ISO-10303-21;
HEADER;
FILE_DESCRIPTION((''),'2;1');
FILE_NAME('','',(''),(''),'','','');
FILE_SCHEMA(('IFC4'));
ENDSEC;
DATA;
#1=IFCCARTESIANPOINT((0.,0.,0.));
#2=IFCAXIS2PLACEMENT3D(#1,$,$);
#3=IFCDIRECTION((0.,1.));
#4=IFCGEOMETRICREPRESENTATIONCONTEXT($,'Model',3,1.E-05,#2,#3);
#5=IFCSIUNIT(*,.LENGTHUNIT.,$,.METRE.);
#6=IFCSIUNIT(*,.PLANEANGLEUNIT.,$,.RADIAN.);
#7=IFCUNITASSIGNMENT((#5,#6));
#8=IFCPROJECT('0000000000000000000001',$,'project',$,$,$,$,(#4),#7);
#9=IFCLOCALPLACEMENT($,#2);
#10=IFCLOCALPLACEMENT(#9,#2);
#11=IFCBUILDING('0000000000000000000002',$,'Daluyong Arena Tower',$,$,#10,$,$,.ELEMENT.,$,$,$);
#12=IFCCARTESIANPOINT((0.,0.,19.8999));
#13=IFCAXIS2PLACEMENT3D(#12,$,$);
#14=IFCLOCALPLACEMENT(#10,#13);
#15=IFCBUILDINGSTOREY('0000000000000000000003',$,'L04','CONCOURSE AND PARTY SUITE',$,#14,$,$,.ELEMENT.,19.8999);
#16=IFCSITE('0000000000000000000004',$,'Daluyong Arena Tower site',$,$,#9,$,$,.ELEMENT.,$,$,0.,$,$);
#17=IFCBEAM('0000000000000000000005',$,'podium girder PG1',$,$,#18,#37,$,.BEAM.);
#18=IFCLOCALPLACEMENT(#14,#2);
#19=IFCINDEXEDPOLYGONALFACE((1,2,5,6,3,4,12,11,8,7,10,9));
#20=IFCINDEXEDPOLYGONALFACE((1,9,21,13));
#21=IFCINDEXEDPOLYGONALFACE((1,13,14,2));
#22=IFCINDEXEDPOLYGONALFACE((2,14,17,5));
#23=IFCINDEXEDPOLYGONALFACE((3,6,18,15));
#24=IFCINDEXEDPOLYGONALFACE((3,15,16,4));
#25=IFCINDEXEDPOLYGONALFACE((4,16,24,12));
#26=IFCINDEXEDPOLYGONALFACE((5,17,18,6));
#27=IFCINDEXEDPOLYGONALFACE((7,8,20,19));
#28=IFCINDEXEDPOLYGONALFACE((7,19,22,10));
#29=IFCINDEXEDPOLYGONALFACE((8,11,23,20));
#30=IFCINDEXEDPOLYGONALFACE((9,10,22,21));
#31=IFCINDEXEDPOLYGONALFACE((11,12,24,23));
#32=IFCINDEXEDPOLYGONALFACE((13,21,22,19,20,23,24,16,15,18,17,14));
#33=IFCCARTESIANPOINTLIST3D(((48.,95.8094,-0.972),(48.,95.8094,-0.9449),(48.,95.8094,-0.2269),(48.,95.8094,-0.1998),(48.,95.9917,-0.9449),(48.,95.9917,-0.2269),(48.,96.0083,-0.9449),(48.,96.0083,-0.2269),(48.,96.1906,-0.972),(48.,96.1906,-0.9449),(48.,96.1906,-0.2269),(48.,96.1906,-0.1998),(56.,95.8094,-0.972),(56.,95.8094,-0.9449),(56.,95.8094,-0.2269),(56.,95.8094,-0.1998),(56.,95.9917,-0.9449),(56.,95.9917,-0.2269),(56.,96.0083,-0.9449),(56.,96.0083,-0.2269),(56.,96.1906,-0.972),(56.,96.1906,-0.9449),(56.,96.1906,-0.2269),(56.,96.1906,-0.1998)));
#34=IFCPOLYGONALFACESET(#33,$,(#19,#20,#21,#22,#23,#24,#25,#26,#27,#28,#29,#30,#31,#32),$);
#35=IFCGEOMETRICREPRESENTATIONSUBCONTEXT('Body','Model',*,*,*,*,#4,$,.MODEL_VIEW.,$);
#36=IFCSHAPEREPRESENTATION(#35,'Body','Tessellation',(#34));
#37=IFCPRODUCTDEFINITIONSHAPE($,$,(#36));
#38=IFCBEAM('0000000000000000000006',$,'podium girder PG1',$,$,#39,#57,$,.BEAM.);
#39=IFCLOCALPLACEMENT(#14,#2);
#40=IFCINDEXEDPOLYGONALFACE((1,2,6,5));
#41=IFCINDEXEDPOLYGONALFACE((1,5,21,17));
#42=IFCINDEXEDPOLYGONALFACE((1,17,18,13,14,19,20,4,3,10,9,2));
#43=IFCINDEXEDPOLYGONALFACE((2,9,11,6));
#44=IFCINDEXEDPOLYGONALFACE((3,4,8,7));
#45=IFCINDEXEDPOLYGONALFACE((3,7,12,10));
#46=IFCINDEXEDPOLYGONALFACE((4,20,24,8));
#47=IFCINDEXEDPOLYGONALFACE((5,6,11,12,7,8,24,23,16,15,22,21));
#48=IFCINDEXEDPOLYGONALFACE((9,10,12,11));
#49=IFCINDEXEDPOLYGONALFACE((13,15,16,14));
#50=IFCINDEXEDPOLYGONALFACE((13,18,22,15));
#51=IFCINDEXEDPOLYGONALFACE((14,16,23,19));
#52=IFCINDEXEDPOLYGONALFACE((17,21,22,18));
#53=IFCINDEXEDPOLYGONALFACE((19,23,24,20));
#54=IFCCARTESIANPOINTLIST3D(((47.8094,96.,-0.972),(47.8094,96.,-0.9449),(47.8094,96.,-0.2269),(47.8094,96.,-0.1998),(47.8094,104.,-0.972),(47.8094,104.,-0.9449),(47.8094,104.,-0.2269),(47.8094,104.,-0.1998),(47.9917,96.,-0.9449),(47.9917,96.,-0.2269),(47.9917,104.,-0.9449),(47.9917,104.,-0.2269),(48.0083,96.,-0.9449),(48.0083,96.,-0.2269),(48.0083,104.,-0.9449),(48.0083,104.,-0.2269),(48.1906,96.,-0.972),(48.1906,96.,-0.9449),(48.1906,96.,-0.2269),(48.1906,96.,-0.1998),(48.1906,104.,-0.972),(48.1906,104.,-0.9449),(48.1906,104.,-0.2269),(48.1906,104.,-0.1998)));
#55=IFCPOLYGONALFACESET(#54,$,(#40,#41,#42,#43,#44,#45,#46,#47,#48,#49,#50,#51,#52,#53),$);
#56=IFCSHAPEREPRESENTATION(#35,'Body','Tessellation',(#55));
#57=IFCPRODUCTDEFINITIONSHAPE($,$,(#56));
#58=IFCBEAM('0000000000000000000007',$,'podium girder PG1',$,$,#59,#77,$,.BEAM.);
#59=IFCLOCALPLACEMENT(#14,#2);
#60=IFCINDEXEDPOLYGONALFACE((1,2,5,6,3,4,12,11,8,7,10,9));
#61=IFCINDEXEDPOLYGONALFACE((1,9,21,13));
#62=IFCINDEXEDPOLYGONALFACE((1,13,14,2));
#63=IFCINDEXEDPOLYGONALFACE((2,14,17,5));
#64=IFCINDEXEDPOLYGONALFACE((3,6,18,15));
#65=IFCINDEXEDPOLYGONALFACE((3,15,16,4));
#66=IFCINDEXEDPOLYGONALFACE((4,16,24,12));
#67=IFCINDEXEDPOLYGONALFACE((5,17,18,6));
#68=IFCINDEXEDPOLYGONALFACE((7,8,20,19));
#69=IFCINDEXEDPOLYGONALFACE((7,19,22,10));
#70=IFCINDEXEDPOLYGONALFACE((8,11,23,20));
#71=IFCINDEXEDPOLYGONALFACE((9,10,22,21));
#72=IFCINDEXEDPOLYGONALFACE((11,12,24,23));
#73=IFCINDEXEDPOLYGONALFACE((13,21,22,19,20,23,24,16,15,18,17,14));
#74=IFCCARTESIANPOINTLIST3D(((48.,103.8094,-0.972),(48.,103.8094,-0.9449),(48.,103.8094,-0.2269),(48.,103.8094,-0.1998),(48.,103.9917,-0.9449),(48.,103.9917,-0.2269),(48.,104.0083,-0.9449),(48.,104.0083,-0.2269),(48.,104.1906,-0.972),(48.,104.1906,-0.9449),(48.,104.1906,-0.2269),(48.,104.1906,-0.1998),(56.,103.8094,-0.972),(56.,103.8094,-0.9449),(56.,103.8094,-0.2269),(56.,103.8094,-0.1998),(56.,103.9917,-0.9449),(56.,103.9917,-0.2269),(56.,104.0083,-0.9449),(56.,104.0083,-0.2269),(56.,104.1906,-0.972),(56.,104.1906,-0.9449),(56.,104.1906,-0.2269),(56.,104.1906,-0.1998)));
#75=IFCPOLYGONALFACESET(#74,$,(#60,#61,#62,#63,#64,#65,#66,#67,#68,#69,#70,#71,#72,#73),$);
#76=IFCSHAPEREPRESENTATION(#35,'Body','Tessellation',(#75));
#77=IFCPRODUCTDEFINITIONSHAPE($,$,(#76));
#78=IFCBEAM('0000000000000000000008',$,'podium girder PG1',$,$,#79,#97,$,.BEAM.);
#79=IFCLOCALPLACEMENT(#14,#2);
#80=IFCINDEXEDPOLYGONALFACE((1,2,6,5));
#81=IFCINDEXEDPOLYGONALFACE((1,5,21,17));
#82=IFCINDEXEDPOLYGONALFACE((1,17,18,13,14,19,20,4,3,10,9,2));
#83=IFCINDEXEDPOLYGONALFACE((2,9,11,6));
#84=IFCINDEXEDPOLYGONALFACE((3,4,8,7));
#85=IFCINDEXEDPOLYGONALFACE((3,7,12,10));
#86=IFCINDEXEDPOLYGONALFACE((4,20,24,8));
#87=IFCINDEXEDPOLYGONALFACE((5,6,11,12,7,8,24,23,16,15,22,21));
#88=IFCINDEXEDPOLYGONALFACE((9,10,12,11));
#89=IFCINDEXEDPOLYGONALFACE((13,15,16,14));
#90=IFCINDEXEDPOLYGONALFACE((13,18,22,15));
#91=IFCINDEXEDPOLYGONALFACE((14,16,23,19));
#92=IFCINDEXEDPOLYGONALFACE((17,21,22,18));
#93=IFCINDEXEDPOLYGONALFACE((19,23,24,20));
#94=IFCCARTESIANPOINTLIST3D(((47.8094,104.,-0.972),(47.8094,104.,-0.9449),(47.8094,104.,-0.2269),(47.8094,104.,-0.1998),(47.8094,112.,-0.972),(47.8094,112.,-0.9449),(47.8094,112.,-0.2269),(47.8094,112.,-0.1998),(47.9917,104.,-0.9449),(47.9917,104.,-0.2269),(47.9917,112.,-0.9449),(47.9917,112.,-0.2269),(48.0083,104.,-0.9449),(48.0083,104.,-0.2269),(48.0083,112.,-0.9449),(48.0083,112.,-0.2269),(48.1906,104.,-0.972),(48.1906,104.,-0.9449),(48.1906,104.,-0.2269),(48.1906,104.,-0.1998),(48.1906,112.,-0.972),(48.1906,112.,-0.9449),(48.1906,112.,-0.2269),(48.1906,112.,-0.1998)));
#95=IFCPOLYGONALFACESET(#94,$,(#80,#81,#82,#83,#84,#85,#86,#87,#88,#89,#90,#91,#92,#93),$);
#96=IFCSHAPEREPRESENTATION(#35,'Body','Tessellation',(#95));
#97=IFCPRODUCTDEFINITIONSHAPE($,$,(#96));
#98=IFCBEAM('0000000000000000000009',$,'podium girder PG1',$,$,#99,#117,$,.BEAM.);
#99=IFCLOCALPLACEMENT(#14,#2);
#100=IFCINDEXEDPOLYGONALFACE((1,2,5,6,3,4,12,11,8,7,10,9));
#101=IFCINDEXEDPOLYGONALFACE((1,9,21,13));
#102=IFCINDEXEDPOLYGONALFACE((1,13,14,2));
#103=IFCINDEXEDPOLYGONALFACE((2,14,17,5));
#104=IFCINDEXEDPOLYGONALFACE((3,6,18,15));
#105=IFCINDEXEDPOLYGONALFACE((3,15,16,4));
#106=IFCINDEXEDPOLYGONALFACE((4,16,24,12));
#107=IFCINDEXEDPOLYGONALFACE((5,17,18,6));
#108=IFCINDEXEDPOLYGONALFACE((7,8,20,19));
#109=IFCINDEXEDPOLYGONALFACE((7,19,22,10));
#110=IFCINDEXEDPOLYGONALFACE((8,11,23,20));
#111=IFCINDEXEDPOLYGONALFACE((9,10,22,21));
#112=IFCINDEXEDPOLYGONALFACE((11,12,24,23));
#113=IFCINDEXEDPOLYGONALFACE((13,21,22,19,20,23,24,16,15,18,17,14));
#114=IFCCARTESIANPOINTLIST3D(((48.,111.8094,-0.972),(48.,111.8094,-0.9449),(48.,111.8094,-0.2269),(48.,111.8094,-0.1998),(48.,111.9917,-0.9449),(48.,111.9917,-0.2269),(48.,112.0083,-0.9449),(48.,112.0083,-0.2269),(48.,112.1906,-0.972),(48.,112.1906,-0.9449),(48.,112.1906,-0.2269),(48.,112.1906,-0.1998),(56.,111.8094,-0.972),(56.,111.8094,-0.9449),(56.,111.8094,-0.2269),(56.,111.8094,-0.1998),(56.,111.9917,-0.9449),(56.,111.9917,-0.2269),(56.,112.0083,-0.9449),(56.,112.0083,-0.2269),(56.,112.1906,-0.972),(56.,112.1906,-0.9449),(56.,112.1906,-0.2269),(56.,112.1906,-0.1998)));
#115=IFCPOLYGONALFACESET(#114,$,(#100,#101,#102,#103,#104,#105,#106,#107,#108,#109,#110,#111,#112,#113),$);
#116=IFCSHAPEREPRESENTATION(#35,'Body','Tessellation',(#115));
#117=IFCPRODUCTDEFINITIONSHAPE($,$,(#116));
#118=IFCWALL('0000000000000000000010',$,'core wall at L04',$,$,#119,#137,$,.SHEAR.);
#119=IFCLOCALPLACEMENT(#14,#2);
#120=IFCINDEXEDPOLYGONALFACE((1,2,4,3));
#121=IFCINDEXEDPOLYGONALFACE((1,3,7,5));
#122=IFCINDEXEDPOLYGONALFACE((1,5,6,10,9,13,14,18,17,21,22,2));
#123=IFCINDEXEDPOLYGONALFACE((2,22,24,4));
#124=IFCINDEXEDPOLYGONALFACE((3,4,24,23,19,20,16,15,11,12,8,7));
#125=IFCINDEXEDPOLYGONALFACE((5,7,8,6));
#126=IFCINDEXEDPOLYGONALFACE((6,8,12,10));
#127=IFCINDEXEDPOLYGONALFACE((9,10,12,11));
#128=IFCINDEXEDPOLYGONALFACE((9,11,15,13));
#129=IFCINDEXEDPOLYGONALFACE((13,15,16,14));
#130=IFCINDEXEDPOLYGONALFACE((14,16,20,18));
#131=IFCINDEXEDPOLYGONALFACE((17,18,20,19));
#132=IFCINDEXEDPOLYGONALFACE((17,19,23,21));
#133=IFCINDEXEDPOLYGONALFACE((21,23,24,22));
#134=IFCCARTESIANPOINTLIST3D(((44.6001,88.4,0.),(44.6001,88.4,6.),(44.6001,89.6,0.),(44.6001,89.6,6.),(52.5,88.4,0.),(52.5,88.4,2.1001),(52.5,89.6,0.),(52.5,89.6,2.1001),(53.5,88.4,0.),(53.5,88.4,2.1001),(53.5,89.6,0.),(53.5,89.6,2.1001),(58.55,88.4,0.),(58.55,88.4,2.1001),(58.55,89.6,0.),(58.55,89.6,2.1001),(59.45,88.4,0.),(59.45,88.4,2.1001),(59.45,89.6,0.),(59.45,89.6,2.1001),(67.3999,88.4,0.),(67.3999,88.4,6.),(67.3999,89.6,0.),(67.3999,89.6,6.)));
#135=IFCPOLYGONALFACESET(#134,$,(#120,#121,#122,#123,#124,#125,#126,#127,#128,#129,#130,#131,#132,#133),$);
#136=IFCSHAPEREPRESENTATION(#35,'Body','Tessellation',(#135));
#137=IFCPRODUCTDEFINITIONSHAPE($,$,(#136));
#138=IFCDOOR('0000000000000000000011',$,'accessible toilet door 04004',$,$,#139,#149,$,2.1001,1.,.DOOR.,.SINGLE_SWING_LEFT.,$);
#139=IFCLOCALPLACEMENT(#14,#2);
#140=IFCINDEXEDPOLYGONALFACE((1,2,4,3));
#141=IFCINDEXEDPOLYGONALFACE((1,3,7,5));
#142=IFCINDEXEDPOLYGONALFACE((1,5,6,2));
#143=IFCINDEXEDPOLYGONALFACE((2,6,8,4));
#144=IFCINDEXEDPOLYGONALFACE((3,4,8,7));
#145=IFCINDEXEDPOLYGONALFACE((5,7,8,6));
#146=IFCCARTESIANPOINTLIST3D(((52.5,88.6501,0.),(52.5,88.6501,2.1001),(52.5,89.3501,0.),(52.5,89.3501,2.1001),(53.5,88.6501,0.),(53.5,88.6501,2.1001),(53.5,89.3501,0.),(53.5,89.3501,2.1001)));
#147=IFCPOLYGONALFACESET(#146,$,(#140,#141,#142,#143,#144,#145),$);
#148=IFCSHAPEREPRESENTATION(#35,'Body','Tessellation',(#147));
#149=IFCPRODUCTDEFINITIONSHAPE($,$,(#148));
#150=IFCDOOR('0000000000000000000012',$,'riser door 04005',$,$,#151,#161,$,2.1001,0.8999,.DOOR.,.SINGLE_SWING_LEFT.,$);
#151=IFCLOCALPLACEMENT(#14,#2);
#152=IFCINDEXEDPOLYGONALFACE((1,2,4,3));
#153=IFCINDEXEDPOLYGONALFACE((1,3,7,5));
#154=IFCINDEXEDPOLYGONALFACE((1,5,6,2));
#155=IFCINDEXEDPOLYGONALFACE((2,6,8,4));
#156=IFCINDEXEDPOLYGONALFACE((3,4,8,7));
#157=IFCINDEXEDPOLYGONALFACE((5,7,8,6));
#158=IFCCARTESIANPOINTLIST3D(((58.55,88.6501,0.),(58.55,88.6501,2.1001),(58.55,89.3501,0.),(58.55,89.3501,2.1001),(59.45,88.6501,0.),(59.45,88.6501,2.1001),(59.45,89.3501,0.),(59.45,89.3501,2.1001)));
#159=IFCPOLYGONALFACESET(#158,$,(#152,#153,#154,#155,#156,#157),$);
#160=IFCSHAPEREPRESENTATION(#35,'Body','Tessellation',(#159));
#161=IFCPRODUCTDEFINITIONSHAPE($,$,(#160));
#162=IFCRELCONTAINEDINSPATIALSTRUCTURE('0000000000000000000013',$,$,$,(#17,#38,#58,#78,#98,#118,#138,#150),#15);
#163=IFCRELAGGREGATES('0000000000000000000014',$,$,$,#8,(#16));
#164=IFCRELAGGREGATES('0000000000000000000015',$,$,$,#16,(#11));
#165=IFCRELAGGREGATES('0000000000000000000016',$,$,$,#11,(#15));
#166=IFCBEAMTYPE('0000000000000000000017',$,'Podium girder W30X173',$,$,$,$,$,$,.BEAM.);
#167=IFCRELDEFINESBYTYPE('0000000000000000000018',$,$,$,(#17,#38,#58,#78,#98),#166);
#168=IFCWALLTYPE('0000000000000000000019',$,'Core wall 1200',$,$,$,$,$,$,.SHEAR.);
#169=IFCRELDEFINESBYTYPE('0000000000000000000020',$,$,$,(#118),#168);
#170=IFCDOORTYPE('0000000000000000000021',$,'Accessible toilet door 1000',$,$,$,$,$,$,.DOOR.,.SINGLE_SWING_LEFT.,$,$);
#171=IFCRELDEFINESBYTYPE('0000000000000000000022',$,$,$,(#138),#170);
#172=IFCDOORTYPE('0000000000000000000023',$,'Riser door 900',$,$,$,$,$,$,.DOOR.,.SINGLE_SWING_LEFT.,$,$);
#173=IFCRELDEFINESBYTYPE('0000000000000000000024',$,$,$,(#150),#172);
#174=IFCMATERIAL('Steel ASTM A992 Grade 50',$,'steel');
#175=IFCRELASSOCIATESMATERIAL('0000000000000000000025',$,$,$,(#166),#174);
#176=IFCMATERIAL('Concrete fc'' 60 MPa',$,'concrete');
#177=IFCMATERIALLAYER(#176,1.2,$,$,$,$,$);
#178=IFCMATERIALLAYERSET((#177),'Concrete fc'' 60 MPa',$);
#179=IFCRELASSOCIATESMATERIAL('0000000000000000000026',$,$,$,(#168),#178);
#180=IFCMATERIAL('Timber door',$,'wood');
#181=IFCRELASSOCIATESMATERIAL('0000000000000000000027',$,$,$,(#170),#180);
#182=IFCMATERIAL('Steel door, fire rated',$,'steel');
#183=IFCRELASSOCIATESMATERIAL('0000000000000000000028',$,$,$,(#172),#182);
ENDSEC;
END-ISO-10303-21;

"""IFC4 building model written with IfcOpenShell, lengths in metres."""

from ifc_helpers import new_model, si_unit, direction, frame, frame_2d, origin, origin_2d, place, context, subcontext, project, spatial, rectangle, i_section, extrude, material, layer, layer_set, material_profile, profile_set, type_object, element, fill, save


model = new_model("IFC4")

# Units and contexts
model_context = context("Model", 3, precision=1e-05, world=origin(), true_north=direction((0.0, 1.0)))
body_context = subcontext(model_context, "Body", "Model", "MODEL_VIEW")
ifc_project = project(units=[si_unit("LENGTHUNIT", "METRE"), si_unit("PLANEANGLEUNIT", "RADIAN")], contexts=[model_context])

# Site, building, storey
site_placement = place(None, origin())
site = spatial("IfcSite", under=ifc_project, at=site_placement, Name="Daluyong Arena Tower site", CompositionType="ELEMENT", RefElevation=0.0)
building_placement = place(site_placement, origin())
building = spatial("IfcBuilding", under=site, at=building_placement, Name="Daluyong Arena Tower", CompositionType="ELEMENT")
storey_placement = place(building_placement, frame((0.0, 0.0, 19.8999)))
storey = spatial("IfcBuildingStorey", under=building, at=storey_placement, Name="L04", Description="CONCOURSE AND PARTY SUITE", CompositionType="ELEMENT", Elevation=19.8999)

# Beams
ifc_material_1 = material(Name="Steel ASTM A992 Grade 50", Category="steel")
ifc_material_profile_1 = material_profile(ifc_material_1, i_section(OverallWidth=0.3811, OverallDepth=0.7722, WebThickness=0.0166, FlangeThickness=0.0271, at=origin_2d()))
ifc_profile_set_1 = profile_set([ifc_material_profile_1], Name="Steel ASTM A992 Grade 50")
beam_type_1 = type_object("IfcBeamType", Name="Podium girder W30X173", PredefinedType="BEAM", material=ifc_profile_set_1)
for number, where, z_axis, x_axis, name in (
    (1, (48.0, 96.0, -0.5859), (1.0, 0.0, 0.0), (0.0, 1.0, 0.0), "podium girder PG1"),
    (2, (48.0, 96.0, -0.5859), (0.0, 1.0, 0.0), (-1.0, 0.0, 0.0), "podium girder PG1"),
    (3, (48.0, 104.0, -0.5859), (1.0, 0.0, 0.0), (0.0, 1.0, 0.0), "podium girder PG1"),
    (4, (48.0, 104.0, -0.5859), (0.0, 1.0, 0.0), (-1.0, 0.0, 0.0), "podium girder PG1"),
    (5, (48.0, 112.0, -0.5859), (1.0, 0.0, 0.0), (0.0, 1.0, 0.0), "podium girder PG1"),
):
    element("IfcBeam", number, at=place(storey_placement, frame(where, z_axis=z_axis, x_axis=x_axis)), inside=storey, type_object=beam_type_1, Name=name, PredefinedType="BEAM", context=body_context, shape_type="SweptSolid", body=[
        extrude(i_section(OverallWidth=0.3811, OverallDepth=0.7722, WebThickness=0.0166, FlangeThickness=0.0271, at=origin_2d()), origin(), (0.0, 0.0, 1.0), 8.0),
    ])

# Wall, openings, doors
ifc_material_2 = material(Name="Concrete fc' 60 MPa", Category="concrete")
ifc_layer_1 = layer(ifc_material_2, 1.2)
ifc_layer_set_1 = layer_set([ifc_layer_1], Name="Concrete fc' 60 MPa")
wall_type_1 = type_object("IfcWallType", Name="Core wall 1200", PredefinedType="SHEAR", material=ifc_layer_set_1)
wall_1_placement = place(storey_placement, frame((44.6001, 89.0, 0.0), z_axis=(0.0, 0.0, 1.0), x_axis=(1.0, 0.0, 0.0)))
wall_1 = element("IfcWall", 6, at=wall_1_placement, inside=storey, type_object=wall_type_1, Name="core wall at L04", PredefinedType="SHEAR", context=body_context, shape_type="SweptSolid", body=[
    extrude(rectangle(XDim=22.7998, YDim=1.2, at=frame_2d((11.3999, 0.0))), origin(), (0.0, 0.0, 1.0), 6.0),
])
opening_1_placement = place(wall_1_placement, frame((7.8999, 0.0, 0.0)))
opening_1 = element("IfcOpeningElement", 7, at=opening_1_placement, cuts=wall_1, PredefinedType="OPENING", context=body_context, shape_type="SweptSolid", body=[
    extrude(rectangle(XDim=1.0, YDim=2.1001, at=frame_2d((0.5, 1.05))), frame((0.0, 0.6099, 0.0), z_axis=(0.0, -1.0, 0.0), x_axis=(1.0, 0.0, 0.0)), (0.0, 0.0, 1.0), 1.22),
])
opening_2_placement = place(wall_1_placement, frame((13.95, 0.0, 0.0)))
opening_2 = element("IfcOpeningElement", 8, at=opening_2_placement, cuts=wall_1, PredefinedType="OPENING", context=body_context, shape_type="SweptSolid", body=[
    extrude(rectangle(XDim=0.8999, YDim=2.1001, at=frame_2d((0.45, 1.05))), frame((0.0, 0.6099, 0.0), z_axis=(0.0, -1.0, 0.0), x_axis=(1.0, 0.0, 0.0)), (0.0, 0.0, 1.0), 1.22),
])
ifc_material_3 = material(Name="Timber door", Category="wood")
door_type_1 = type_object("IfcDoorType", Name="Accessible toilet door 1000", OperationType="SINGLE_SWING_LEFT", PredefinedType="DOOR", material=ifc_material_3)
door_1_placement = place(opening_1_placement, origin())
door_1 = element("IfcDoor", 9, at=door_1_placement, inside=storey, type_object=door_type_1, Name="accessible toilet door 04004", OperationType="SINGLE_SWING_LEFT", OverallHeight=2.1001, OverallWidth=1.0, PredefinedType="DOOR", context=body_context, shape_type="SweptSolid", body=[
    extrude(rectangle(XDim=1.0, YDim=2.1001, at=frame_2d((0.5, 1.05))), frame((0.0, 0.3501, 0.0), z_axis=(0.0, -1.0, 0.0), x_axis=(1.0, 0.0, 0.0)), (0.0, 0.0, 1.0), 0.7),
])
fill(opening_1, door_1)
ifc_material_4 = material(Name="Steel door, fire rated", Category="steel")
door_type_2 = type_object("IfcDoorType", Name="Riser door 900", OperationType="SINGLE_SWING_LEFT", PredefinedType="DOOR", material=ifc_material_4)
door_2_placement = place(opening_2_placement, origin())
door_2 = element("IfcDoor", 10, at=door_2_placement, inside=storey, type_object=door_type_2, Name="riser door 04005", OperationType="SINGLE_SWING_LEFT", OverallHeight=2.1001, OverallWidth=0.8999, PredefinedType="DOOR", context=body_context, shape_type="SweptSolid", body=[
    extrude(rectangle(XDim=0.8999, YDim=2.1001, at=frame_2d((0.45, 1.05))), frame((0.0, 0.3501, 0.0), z_axis=(0.0, -1.0, 0.0), x_axis=(1.0, 0.0, 0.0)), (0.0, 0.0, 1.0), 0.7),
])
fill(opening_2, door_2)

save(model, "model.ifc")
